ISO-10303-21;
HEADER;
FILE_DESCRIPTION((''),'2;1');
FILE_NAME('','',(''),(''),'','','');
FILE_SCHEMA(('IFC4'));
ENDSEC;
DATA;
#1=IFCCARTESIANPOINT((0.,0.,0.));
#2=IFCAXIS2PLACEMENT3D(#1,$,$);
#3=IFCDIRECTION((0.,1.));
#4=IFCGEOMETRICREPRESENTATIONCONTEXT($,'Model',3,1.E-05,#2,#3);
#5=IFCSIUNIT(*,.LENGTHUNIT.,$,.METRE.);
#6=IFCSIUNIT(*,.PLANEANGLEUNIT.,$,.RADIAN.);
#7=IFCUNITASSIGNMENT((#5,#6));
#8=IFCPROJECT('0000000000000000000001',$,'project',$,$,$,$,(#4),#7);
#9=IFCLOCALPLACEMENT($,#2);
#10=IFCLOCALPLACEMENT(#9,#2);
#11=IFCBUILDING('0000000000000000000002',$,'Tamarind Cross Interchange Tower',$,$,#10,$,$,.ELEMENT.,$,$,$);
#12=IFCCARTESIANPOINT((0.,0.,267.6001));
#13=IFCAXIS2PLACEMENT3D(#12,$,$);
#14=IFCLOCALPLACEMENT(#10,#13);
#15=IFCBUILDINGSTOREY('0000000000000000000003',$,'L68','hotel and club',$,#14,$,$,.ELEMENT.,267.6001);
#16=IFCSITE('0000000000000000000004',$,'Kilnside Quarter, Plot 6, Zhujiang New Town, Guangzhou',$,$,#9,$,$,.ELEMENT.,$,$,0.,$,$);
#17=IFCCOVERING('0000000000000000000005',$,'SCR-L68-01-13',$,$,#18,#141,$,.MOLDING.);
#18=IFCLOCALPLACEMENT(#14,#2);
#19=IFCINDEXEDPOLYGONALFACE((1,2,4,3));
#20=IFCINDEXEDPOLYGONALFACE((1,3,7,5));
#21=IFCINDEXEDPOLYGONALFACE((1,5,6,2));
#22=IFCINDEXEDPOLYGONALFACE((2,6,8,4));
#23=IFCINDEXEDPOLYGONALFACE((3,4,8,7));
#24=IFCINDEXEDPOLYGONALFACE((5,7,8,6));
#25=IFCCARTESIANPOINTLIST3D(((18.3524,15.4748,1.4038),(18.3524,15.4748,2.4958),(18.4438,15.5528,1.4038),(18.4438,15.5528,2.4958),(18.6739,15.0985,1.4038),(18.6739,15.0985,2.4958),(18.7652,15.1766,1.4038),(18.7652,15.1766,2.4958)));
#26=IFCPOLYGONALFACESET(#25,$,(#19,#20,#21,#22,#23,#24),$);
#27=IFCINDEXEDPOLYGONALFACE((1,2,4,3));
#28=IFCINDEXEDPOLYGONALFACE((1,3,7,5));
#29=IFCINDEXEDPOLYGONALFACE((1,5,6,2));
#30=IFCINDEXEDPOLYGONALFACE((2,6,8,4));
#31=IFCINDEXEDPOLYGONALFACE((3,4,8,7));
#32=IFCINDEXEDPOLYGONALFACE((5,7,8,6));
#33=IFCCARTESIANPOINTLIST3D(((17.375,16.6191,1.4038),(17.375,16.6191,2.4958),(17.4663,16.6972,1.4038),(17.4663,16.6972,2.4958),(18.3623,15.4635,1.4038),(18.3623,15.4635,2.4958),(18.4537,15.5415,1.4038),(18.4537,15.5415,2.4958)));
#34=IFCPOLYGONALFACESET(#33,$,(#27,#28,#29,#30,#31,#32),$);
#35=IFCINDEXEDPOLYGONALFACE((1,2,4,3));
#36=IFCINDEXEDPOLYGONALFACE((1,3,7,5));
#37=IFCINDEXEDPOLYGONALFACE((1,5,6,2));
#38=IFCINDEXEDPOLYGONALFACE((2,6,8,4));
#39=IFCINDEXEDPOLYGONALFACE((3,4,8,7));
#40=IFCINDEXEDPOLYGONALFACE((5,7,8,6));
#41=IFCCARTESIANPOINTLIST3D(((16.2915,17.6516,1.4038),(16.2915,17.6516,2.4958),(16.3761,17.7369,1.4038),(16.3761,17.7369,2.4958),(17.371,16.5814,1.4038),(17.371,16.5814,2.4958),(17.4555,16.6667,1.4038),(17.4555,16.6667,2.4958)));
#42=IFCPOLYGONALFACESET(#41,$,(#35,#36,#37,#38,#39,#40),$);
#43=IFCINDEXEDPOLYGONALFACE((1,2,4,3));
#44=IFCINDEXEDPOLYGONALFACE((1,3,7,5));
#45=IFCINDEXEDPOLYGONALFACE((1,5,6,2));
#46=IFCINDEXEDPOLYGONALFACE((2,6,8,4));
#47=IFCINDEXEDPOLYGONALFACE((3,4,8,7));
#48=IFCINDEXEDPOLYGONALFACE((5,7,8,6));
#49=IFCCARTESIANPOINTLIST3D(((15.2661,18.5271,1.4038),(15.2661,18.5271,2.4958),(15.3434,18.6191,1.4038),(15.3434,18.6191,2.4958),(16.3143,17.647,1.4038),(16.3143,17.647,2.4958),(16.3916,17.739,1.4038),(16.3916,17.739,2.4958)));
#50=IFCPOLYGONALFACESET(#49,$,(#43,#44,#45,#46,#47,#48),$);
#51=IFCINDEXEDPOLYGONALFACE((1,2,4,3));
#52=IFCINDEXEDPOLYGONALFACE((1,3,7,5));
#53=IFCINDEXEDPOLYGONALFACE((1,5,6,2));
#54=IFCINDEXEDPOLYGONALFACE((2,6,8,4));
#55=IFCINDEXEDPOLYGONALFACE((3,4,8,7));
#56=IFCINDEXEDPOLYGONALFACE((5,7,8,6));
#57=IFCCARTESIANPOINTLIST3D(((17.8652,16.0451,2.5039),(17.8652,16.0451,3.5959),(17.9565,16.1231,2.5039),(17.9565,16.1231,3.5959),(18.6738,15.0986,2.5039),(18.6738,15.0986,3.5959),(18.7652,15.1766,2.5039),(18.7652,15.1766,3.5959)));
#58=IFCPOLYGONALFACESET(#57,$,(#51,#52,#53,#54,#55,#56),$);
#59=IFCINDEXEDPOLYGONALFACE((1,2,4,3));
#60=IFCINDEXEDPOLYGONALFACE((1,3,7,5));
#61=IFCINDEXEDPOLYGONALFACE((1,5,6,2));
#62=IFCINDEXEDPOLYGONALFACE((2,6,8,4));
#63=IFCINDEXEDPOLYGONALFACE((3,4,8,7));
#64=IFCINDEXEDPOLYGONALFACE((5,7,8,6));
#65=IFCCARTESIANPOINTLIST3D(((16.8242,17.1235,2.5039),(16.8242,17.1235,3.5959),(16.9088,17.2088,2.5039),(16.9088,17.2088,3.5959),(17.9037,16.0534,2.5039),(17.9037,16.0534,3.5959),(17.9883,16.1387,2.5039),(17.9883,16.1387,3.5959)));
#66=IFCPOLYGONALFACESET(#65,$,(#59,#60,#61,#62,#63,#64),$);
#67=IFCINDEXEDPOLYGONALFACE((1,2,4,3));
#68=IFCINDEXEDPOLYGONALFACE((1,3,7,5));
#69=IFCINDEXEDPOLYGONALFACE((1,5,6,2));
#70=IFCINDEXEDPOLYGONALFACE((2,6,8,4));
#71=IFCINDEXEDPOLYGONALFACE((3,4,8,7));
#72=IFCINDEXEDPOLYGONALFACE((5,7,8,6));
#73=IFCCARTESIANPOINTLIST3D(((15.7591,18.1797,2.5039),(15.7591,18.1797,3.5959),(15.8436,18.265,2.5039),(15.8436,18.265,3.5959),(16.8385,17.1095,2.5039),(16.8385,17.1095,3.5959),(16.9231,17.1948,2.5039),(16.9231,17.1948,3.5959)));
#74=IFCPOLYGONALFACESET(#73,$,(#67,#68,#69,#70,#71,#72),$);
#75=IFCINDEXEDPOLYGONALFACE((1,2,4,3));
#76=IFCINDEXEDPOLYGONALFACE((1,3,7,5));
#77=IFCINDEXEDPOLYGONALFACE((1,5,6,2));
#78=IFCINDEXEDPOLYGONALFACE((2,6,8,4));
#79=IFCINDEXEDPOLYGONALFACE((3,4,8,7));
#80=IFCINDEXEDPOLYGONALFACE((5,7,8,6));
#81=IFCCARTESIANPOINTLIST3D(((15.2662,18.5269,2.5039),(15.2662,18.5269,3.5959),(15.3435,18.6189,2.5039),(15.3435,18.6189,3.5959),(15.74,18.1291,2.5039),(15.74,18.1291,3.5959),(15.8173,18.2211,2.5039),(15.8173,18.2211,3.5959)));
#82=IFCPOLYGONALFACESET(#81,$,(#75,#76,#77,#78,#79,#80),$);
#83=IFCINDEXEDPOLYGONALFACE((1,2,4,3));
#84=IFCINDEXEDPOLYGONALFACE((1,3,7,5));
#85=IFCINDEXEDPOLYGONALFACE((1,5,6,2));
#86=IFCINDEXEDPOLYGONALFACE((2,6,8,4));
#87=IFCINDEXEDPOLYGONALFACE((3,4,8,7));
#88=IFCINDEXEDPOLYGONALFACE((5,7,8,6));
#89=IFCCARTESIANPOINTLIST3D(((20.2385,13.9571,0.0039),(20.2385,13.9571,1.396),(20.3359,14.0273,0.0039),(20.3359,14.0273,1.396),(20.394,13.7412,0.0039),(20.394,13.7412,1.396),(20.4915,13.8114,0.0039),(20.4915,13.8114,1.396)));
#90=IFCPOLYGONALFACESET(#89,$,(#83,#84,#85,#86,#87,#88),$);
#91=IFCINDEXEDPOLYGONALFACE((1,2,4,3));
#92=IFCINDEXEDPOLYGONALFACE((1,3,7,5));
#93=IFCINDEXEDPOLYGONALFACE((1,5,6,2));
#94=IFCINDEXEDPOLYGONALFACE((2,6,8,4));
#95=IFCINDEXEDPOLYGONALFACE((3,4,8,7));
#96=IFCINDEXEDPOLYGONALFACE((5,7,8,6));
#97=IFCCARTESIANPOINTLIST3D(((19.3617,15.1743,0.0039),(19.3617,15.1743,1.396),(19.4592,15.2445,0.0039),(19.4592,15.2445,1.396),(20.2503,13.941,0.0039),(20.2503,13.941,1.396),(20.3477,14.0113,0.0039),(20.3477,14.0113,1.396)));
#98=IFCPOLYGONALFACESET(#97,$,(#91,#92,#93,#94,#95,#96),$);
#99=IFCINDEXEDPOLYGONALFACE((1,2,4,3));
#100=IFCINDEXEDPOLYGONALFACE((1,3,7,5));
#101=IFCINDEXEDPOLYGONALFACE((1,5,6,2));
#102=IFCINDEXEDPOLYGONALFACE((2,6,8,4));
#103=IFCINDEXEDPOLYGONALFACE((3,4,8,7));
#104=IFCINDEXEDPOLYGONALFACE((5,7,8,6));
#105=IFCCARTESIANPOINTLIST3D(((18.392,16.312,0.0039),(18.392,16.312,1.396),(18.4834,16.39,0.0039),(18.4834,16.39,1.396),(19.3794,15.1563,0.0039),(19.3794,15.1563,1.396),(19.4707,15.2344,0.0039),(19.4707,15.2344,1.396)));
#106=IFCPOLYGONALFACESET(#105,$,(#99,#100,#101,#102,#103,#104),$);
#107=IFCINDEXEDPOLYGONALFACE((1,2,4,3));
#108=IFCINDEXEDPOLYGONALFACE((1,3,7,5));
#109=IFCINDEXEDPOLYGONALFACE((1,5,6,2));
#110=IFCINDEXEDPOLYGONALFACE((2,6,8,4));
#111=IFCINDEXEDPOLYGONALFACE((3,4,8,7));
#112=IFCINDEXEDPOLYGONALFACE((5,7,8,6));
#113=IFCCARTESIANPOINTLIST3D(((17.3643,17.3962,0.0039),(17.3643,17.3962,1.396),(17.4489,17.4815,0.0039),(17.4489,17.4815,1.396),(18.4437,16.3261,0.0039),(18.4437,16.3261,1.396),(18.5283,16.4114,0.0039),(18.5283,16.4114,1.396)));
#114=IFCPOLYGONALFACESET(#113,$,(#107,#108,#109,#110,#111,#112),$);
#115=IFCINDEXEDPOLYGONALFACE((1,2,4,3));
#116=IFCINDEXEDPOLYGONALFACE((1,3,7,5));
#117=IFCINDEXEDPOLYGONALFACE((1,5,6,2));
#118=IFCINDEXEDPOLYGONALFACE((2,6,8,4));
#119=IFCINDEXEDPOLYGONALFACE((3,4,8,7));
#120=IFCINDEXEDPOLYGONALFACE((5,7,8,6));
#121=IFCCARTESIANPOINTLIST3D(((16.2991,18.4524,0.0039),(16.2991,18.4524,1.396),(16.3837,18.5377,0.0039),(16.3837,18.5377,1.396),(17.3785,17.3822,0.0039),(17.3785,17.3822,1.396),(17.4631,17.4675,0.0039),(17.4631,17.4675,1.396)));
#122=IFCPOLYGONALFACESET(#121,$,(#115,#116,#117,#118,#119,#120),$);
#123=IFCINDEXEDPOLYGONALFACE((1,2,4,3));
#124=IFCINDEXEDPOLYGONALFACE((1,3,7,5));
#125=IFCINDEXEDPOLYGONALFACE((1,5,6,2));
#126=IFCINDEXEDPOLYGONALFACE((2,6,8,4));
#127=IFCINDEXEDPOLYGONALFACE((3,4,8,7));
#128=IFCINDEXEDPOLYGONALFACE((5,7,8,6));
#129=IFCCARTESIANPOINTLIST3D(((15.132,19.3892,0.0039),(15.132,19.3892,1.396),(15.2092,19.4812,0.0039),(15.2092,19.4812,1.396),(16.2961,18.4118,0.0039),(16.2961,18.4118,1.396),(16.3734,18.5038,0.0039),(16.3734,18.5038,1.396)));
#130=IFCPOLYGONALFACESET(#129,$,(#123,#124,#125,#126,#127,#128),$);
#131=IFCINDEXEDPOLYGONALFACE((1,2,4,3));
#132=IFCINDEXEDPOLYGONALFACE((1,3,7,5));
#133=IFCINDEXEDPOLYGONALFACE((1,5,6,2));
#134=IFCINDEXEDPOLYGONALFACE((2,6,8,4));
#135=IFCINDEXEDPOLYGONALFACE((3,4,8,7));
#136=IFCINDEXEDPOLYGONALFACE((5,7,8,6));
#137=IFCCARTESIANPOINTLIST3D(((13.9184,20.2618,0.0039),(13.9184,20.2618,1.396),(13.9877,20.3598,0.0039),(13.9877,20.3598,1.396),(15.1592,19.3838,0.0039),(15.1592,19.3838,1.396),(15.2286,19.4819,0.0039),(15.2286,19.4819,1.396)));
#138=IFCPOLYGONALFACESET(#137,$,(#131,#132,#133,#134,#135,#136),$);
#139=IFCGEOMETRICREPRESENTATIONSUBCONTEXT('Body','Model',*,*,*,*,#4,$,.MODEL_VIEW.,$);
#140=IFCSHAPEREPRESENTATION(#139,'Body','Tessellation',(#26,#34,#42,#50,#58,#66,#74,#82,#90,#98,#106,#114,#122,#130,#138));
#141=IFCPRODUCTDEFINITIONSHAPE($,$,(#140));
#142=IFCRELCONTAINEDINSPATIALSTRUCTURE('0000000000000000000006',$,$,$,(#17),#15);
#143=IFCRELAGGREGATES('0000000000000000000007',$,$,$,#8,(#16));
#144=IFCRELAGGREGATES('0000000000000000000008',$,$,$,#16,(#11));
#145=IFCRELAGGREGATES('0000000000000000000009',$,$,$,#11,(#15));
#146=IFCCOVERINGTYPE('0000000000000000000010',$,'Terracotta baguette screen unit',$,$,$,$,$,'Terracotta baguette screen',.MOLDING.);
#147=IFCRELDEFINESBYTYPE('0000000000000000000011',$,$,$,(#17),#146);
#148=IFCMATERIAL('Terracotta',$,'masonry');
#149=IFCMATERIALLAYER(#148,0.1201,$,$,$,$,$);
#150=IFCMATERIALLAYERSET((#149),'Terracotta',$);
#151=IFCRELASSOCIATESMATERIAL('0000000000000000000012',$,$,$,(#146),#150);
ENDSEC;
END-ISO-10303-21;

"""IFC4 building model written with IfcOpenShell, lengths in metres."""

from ifc_helpers import new_model, si_unit, direction, frame, origin, origin_2d, place, context, subcontext, project, spatial, rectangle, extrude, material, layer, layer_set, type_object, element, save


model = new_model("IFC4")

# Units and contexts
model_context = context("Model", 3, precision=1e-05, world=origin(), true_north=direction((0.0, 1.0)))
body_context = subcontext(model_context, "Body", "Model", "MODEL_VIEW")
ifc_project = project(units=[si_unit("LENGTHUNIT", "METRE"), si_unit("PLANEANGLEUNIT", "RADIAN")], contexts=[model_context])

# Site, building, storey
site_placement = place(None, origin())
site = spatial("IfcSite", under=ifc_project, at=site_placement, Name="Kilnside Quarter, Plot 6, Zhujiang New Town, Guangzhou", CompositionType="ELEMENT", RefElevation=0.0)
building_placement = place(site_placement, origin())
building = spatial("IfcBuilding", under=site, at=building_placement, Name="Tamarind Cross Interchange Tower", CompositionType="ELEMENT")
storey_placement = place(building_placement, frame((0.0, 0.0, 267.6001)))
storey = spatial("IfcBuildingStorey", under=building, at=storey_placement, Name="L68", Description="hotel and club", CompositionType="ELEMENT", Elevation=267.6001)

# Covering
ifc_material_1 = material(Name="Terracotta", Category="masonry")
ifc_layer_1 = layer(ifc_material_1, 0.1201)
ifc_layer_set_1 = layer_set([ifc_layer_1], Name="Terracotta")
covering_type = type_object("IfcCoveringType", Name="Terracotta baguette screen unit", ElementType="Terracotta baguette screen", PredefinedType="MOLDING", material=ifc_layer_set_1)
covering_1_placement = place(storey_placement, origin())
element("IfcCovering", 1, at=covering_1_placement, inside=storey, type_object=covering_type, Name="SCR-L68-01-13", PredefinedType="MOLDING", context=body_context, shape_type="SweptSolid", body=[
    extrude(rectangle(XDim=0.4949, YDim=0.1201, at=origin_2d()), frame((18.5588, 15.3257, 1.4038), z_axis=(0.0, 0.0, 1.0), x_axis=(-0.649577, 0.760296, 0.0)), (0.0, 0.0, 1.0), 1.092),
    extrude(rectangle(XDim=1.52, YDim=0.1201, at=origin_2d()), frame((17.9143, 16.0803, 1.4038), z_axis=(0.0, 0.0, 1.0), x_axis=(-0.649577, 0.760296, 0.0)), (0.0, 0.0, 1.0), 1.092),
    extrude(rectangle(XDim=1.52, YDim=0.1201, at=origin_2d()), frame((16.8735, 17.1592, 1.4038), z_axis=(0.0, 0.0, 1.0), x_axis=(-0.710143, 0.704057, 0.0)), (0.0, 0.0, 1.0), 1.092),
    extrude(rectangle(XDim=1.3687, YDim=0.1201, at=origin_2d()), frame((15.8289, 18.1331, 1.4038), z_axis=(0.0, 0.0, 1.0), x_axis=(-0.765858, 0.643009, 0.0)), (0.0, 0.0, 1.0), 1.092),
    extrude(rectangle(XDim=1.2449, YDim=0.1201, at=origin_2d()), frame((18.3152, 15.6108, 2.5039), z_axis=(0.0, 0.0, 1.0), x_axis=(-0.649577, 0.760296, 0.0)), (0.0, 0.0, 1.0), 1.092),
    extrude(rectangle(XDim=1.52, YDim=0.1201, at=origin_2d()), frame((17.4062, 16.6311, 2.5039), z_axis=(0.0, 0.0, 1.0), x_axis=(-0.710143, 0.704057, 0.0)), (0.0, 0.0, 1.0), 1.092),
    extrude(rectangle(XDim=1.52, YDim=0.1201, at=origin_2d()), frame((16.3411, 17.6873, 2.5039), z_axis=(0.0, 0.0, 1.0), x_axis=(-0.710143, 0.704057, 0.0)), (0.0, 0.0, 1.0), 1.092),
    extrude(rectangle(XDim=0.6187, YDim=0.1201, at=origin_2d()), frame((15.5417, 18.374, 2.5039), z_axis=(0.0, 0.0, 1.0), x_axis=(-0.765858, 0.643009, 0.0)), (0.0, 0.0, 1.0), 1.092),
    extrude(rectangle(XDim=0.2661, YDim=0.1201, at=origin_2d()), frame((20.365, 13.8843, 0.0039), z_axis=(0.0, 0.0, 1.0), x_axis=(-0.584574, 0.81134, 0.0)), (0.0, 0.0, 1.0), 1.3921),
    extrude(rectangle(XDim=1.52, YDim=0.1201, at=origin_2d()), frame((19.8547, 14.5928, 0.0039), z_axis=(0.0, 0.0, 1.0), x_axis=(-0.584574, 0.81134, 0.0)), (0.0, 0.0, 1.0), 1.3921),
    extrude(rectangle(XDim=1.52, YDim=0.1201, at=origin_2d()), frame((18.9314, 15.7732, 0.0039), z_axis=(0.0, 0.0, 1.0), x_axis=(-0.649577, 0.760296, 0.0)), (0.0, 0.0, 1.0), 1.3921),
    extrude(rectangle(XDim=1.52, YDim=0.1201, at=origin_2d()), frame((17.9463, 16.9038, 0.0039), z_axis=(0.0, 0.0, 1.0), x_axis=(-0.710143, 0.704057, 0.0)), (0.0, 0.0, 1.0), 1.3921),
    extrude(rectangle(XDim=1.52, YDim=0.1201, at=origin_2d()), frame((16.8811, 17.96, 0.0039), z_axis=(0.0, 0.0, 1.0), x_axis=(-0.710143, 0.704057, 0.0)), (0.0, 0.0, 1.0), 1.3921),
    extrude(rectangle(XDim=1.52, YDim=0.1201, at=origin_2d()), frame((15.7527, 18.9465, 0.0039), z_axis=(0.0, 0.0, 1.0), x_axis=(-0.765858, 0.643009, 0.0)), (0.0, 0.0, 1.0), 1.3921),
    extrude(rectangle(XDim=1.52, YDim=0.1201, at=origin_2d()), frame((14.5735, 19.8718, 0.0039), z_axis=(0.0, 0.0, 1.0), x_axis=(-0.816342, 0.577569, 0.0)), (0.0, 0.0, 1.0), 1.3921),
])

save(model, "model.ifc")
